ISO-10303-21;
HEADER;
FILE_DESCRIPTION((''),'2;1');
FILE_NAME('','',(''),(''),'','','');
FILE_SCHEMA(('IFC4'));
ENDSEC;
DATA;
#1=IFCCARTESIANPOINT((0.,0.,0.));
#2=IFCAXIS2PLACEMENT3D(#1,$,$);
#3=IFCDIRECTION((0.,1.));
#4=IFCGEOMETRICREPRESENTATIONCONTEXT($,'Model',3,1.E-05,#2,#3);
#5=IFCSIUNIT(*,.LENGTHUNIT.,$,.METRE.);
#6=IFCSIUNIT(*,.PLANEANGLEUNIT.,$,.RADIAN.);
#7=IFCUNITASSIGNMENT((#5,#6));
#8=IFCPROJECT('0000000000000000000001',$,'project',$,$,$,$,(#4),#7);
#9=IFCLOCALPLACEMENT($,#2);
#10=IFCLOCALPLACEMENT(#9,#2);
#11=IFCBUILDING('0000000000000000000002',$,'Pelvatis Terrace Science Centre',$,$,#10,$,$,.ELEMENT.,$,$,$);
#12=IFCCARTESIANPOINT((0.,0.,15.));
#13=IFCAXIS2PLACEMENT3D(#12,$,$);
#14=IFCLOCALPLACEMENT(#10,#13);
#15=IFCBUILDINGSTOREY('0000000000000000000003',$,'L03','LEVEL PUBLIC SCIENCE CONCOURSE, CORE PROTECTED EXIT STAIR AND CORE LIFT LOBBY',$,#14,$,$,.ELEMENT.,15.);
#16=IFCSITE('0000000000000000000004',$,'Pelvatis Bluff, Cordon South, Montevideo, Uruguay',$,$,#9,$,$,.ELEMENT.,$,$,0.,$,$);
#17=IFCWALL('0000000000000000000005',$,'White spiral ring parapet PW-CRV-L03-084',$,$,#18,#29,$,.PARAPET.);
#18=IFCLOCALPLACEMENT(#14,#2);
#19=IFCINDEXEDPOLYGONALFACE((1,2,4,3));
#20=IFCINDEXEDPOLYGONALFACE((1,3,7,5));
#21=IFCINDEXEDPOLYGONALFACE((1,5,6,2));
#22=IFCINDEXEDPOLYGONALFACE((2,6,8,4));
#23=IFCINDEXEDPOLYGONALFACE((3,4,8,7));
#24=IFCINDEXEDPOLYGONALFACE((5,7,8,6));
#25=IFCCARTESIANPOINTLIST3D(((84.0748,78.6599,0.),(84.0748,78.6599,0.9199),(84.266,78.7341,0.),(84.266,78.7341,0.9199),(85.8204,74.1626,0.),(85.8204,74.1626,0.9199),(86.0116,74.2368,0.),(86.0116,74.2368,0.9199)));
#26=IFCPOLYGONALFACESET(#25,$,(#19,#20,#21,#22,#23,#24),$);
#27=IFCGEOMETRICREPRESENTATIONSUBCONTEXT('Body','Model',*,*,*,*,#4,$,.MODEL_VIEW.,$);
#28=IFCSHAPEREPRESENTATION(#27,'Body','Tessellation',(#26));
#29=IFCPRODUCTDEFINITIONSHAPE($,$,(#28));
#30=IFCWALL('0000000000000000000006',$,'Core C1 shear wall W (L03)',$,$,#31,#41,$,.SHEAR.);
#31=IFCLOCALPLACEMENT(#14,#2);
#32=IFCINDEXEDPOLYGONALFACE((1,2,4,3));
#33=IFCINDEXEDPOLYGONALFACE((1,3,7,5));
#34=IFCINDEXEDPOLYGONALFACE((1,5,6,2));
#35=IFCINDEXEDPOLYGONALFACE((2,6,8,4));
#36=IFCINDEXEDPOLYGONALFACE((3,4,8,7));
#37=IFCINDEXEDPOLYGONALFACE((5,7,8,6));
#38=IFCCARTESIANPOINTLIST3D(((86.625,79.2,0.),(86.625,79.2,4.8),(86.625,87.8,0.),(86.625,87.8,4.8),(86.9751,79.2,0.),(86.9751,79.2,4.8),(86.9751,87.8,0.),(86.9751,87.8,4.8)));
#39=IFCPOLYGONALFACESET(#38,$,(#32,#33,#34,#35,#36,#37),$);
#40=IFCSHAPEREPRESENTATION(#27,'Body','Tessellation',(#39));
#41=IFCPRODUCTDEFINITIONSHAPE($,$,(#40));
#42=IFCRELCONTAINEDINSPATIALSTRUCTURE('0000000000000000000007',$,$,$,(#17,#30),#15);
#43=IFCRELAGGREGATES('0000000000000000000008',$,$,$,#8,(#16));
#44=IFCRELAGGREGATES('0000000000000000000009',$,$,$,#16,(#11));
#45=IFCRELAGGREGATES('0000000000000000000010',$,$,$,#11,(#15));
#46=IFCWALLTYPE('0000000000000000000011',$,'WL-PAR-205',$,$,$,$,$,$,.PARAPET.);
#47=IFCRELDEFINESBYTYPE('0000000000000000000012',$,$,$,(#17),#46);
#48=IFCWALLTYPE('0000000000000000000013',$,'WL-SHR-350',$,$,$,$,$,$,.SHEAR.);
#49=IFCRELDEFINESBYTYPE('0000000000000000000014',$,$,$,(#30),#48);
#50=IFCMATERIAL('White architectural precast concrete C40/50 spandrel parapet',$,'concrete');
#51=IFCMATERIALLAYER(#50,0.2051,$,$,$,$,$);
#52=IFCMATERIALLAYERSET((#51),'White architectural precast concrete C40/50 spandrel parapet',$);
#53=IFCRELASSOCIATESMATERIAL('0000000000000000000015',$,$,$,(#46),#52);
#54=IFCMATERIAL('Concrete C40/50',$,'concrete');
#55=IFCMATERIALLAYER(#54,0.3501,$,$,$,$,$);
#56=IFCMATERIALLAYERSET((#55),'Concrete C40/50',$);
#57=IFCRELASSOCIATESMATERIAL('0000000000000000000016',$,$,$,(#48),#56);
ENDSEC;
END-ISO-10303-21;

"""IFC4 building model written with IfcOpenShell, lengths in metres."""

from ifc_helpers import new_model, si_unit, direction, frame, frame_2d, origin, place, context, subcontext, project, spatial, rectangle, extrude, material, layer, layer_set, type_object, element, save


model = new_model("IFC4")

# Units and contexts
model_context = context("Model", 3, precision=1e-05, world=origin(), true_north=direction((0.0, 1.0)))
body_context = subcontext(model_context, "Body", "Model", "MODEL_VIEW")
ifc_project = project(units=[si_unit("LENGTHUNIT", "METRE"), si_unit("PLANEANGLEUNIT", "RADIAN")], contexts=[model_context])

# Site, building, storey
site_placement = place(None, origin())
site = spatial("IfcSite", under=ifc_project, at=site_placement, Name="Pelvatis Bluff, Cordon South, Montevideo, Uruguay", CompositionType="ELEMENT", RefElevation=0.0)
building_placement = place(site_placement, origin())
building = spatial("IfcBuilding", under=site, at=building_placement, Name="Pelvatis Terrace Science Centre", CompositionType="ELEMENT")
storey_placement = place(building_placement, frame((0.0, 0.0, 15.0)))
storey = spatial("IfcBuildingStorey", under=building, at=storey_placement, Name="L03", Description="LEVEL PUBLIC SCIENCE CONCOURSE, CORE PROTECTED EXIT STAIR AND CORE LIFT LOBBY", CompositionType="ELEMENT", Elevation=15.0)

# Walls
ifc_material_1 = material(Name="White architectural precast concrete C40/50 spandrel parapet", Category="concrete")
ifc_layer_1 = layer(ifc_material_1, 0.2051)
ifc_layer_set_1 = layer_set([ifc_layer_1], Name="White architectural precast concrete C40/50 spandrel parapet")
wall_type_1 = type_object("IfcWallType", Name="WL-PAR-205", PredefinedType="PARAPET", material=ifc_layer_set_1)
wall_1_placement = place(storey_placement, frame((84.1704, 78.697, 0.0), z_axis=(0.0, 0.0, 1.0), x_axis=(0.361843, -0.932239, 0.0)))
element("IfcWall", 1, at=wall_1_placement, inside=storey, type_object=wall_type_1, Name="White spiral ring parapet PW-CRV-L03-084", PredefinedType="PARAPET", context=body_context, shape_type="SweptSolid", body=[
    extrude(rectangle(XDim=4.8242, YDim=0.2051, at=frame_2d((2.4121, 0.0))), origin(), (0.0, 0.0, 1.0), 0.9199),
])
ifc_material_2 = material(Name="Concrete C40/50", Category="concrete")
ifc_layer_2 = layer(ifc_material_2, 0.3501)
ifc_layer_set_2 = layer_set([ifc_layer_2], Name="Concrete C40/50")
wall_type_2 = type_object("IfcWallType", Name="WL-SHR-350", PredefinedType="SHEAR", material=ifc_layer_set_2)
wall_2_placement = place(storey_placement, frame((86.8, 79.2, 0.0), z_axis=(0.0, 0.0, 1.0), x_axis=(0.0, 1.0, 0.0)))
element("IfcWall", 2, at=wall_2_placement, inside=storey, type_object=wall_type_2, Name="Core C1 shear wall W (L03)", PredefinedType="SHEAR", context=body_context, shape_type="SweptSolid", body=[
    extrude(rectangle(XDim=8.6001, YDim=0.3501, at=frame_2d((4.3, 0.0))), origin(), (0.0, 0.0, 1.0), 4.8),
])

save(model, "model.ifc")
